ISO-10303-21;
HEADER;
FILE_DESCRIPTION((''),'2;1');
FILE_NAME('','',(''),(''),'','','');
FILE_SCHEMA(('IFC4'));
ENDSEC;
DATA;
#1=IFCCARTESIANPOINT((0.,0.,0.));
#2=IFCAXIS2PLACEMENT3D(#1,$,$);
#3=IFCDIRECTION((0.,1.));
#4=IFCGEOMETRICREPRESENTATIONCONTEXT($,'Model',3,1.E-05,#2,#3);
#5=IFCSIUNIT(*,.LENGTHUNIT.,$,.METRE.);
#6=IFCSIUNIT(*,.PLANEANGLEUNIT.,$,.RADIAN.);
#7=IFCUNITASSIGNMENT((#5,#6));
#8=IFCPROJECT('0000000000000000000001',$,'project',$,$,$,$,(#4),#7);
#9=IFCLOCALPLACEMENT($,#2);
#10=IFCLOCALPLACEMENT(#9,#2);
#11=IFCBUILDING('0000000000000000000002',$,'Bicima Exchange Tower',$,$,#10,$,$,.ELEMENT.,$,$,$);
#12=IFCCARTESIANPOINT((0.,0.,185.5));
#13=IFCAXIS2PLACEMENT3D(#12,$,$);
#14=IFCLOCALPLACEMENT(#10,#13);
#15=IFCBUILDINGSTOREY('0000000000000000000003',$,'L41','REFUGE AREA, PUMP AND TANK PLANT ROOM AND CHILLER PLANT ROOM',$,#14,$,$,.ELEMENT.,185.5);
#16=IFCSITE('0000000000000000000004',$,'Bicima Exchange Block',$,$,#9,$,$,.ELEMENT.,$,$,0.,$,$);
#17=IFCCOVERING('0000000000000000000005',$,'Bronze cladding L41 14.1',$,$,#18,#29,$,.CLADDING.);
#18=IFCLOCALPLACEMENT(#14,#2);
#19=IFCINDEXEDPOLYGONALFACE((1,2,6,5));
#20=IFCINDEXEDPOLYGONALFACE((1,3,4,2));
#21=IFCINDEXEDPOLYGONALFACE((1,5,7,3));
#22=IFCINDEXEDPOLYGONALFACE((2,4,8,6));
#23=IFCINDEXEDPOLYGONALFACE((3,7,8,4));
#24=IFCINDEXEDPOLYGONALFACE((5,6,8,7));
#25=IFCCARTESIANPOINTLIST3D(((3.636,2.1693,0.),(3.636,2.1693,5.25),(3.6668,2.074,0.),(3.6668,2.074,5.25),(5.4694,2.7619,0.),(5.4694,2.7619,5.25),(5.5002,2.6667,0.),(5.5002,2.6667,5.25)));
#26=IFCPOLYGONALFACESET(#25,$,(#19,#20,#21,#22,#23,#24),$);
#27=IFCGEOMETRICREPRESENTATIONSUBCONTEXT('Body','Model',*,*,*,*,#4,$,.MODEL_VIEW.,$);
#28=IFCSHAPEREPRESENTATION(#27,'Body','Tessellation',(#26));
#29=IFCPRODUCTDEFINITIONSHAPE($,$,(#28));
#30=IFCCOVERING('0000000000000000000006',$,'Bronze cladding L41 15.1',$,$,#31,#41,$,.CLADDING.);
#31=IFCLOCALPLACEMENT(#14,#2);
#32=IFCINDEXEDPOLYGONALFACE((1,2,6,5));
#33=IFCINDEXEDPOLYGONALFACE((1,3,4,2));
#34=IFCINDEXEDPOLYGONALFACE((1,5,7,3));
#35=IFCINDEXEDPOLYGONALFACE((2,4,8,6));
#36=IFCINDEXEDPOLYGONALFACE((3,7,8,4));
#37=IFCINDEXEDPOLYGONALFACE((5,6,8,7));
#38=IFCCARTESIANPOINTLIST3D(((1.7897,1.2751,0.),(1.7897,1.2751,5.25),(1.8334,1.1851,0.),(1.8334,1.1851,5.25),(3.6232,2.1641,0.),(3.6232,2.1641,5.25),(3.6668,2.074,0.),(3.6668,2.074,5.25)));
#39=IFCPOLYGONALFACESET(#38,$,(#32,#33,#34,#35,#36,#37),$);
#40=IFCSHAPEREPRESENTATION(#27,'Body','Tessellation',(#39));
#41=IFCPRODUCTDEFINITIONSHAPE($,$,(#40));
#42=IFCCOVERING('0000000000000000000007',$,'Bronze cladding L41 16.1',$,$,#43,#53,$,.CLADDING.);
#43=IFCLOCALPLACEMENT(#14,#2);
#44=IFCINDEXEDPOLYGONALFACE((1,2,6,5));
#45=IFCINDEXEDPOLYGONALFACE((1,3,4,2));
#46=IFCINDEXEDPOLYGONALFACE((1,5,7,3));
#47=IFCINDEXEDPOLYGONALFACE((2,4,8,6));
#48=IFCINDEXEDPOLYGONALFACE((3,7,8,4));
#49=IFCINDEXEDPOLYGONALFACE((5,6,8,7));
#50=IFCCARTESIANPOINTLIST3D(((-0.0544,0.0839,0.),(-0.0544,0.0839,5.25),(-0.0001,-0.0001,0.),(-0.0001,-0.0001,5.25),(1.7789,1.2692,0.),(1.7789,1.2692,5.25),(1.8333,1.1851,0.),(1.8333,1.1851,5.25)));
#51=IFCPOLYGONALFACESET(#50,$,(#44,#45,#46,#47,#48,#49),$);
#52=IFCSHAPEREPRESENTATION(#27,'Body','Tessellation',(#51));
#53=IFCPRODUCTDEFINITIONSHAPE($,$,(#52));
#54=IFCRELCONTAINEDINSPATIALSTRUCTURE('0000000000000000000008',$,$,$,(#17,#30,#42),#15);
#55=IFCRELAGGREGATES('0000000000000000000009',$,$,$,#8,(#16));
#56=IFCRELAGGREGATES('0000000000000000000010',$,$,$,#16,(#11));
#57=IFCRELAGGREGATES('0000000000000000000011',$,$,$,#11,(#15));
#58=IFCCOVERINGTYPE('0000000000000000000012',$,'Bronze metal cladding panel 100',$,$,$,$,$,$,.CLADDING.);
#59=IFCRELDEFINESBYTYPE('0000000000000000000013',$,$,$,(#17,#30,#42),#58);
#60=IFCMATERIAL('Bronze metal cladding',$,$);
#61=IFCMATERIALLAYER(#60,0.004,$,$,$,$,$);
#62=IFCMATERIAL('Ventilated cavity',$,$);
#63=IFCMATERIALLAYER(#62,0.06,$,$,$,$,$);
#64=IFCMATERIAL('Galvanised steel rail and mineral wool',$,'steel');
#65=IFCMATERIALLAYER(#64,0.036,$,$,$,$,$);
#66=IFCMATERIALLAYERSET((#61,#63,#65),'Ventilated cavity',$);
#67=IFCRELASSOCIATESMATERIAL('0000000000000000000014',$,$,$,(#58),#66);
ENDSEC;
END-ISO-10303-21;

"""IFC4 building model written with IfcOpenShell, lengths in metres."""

from ifc_helpers import new_model, si_unit, direction, frame, origin, origin_2d, place, context, subcontext, project, spatial, rectangle, extrude, material, layer, layer_set, type_object, element, save


model = new_model("IFC4")

# Units and contexts
model_context = context("Model", 3, precision=1e-05, world=origin(), true_north=direction((0.0, 1.0)))
body_context = subcontext(model_context, "Body", "Model", "MODEL_VIEW")
ifc_project = project(units=[si_unit("LENGTHUNIT", "METRE"), si_unit("PLANEANGLEUNIT", "RADIAN")], contexts=[model_context])

# Site, building, storey
site_placement = place(None, origin())
site = spatial("IfcSite", under=ifc_project, at=site_placement, Name="Bicima Exchange Block", CompositionType="ELEMENT", RefElevation=0.0)
building_placement = place(site_placement, origin())
building = spatial("IfcBuilding", under=site, at=building_placement, Name="Bicima Exchange Tower", CompositionType="ELEMENT")
storey_placement = place(building_placement, frame((0.0, 0.0, 185.5)))
storey = spatial("IfcBuildingStorey", under=building, at=storey_placement, Name="L41", Description="REFUGE AREA, PUMP AND TANK PLANT ROOM AND CHILLER PLANT ROOM", CompositionType="ELEMENT", Elevation=185.5)

# Coverings
ifc_material_1 = material(Name="Bronze metal cladding")
ifc_layer_1 = layer(ifc_material_1, 0.004)
ifc_material_2 = material(Name="Ventilated cavity")
ifc_layer_2 = layer(ifc_material_2, 0.06)
ifc_material_3 = material(Name="Galvanised steel rail and mineral wool", Category="steel")
ifc_layer_3 = layer(ifc_material_3, 0.036)
ifc_layer_set_1 = layer_set([ifc_layer_1, ifc_layer_2, ifc_layer_3], Name="Ventilated cavity")
covering_type = type_object("IfcCoveringType", Name="Bronze metal cladding panel 100", PredefinedType="CLADDING", material=ifc_layer_set_1)
covering_1_placement = place(storey_placement, frame((4.5681, 2.418, 0.0), z_axis=(0.0, 0.0, 1.0), x_axis=(-0.951525, -0.307573, 0.0)))
element("IfcCovering", 1, at=covering_1_placement, inside=storey, type_object=covering_type, Name="Bronze cladding L41 14.1", PredefinedType="CLADDING", context=body_context, shape_type="SweptSolid", body=[
    extrude(rectangle(XDim=1.9268, YDim=0.1001, at=origin_2d()), origin(), (0.0, 0.0, 1.0), 5.25),
])
covering_2_placement = place(storey_placement, frame((2.7283, 1.6746, 0.0), z_axis=(0.0, 0.0, 1.0), x_axis=(-0.899818, -0.436265, 0.0)))
element("IfcCovering", 2, at=covering_2_placement, inside=storey, type_object=covering_type, Name="Bronze cladding L41 15.1", PredefinedType="CLADDING", context=body_context, shape_type="SweptSolid", body=[
    extrude(rectangle(XDim=2.0376, YDim=0.1001, at=origin_2d()), origin(), (0.0, 0.0, 1.0), 5.25),
])
covering_3_placement = place(storey_placement, frame((0.8894, 0.6345, 0.0), z_axis=(0.0, 0.0, 1.0), x_axis=(-0.83979, -0.542911, 0.0)))
element("IfcCovering", 3, at=covering_3_placement, inside=storey, type_object=covering_type, Name="Bronze cladding L41 16.1", PredefinedType="CLADDING", context=body_context, shape_type="SweptSolid", body=[
    extrude(rectangle(XDim=2.1831, YDim=0.1001, at=origin_2d()), origin(), (0.0, 0.0, 1.0), 5.25),
])

save(model, "model.ifc")
